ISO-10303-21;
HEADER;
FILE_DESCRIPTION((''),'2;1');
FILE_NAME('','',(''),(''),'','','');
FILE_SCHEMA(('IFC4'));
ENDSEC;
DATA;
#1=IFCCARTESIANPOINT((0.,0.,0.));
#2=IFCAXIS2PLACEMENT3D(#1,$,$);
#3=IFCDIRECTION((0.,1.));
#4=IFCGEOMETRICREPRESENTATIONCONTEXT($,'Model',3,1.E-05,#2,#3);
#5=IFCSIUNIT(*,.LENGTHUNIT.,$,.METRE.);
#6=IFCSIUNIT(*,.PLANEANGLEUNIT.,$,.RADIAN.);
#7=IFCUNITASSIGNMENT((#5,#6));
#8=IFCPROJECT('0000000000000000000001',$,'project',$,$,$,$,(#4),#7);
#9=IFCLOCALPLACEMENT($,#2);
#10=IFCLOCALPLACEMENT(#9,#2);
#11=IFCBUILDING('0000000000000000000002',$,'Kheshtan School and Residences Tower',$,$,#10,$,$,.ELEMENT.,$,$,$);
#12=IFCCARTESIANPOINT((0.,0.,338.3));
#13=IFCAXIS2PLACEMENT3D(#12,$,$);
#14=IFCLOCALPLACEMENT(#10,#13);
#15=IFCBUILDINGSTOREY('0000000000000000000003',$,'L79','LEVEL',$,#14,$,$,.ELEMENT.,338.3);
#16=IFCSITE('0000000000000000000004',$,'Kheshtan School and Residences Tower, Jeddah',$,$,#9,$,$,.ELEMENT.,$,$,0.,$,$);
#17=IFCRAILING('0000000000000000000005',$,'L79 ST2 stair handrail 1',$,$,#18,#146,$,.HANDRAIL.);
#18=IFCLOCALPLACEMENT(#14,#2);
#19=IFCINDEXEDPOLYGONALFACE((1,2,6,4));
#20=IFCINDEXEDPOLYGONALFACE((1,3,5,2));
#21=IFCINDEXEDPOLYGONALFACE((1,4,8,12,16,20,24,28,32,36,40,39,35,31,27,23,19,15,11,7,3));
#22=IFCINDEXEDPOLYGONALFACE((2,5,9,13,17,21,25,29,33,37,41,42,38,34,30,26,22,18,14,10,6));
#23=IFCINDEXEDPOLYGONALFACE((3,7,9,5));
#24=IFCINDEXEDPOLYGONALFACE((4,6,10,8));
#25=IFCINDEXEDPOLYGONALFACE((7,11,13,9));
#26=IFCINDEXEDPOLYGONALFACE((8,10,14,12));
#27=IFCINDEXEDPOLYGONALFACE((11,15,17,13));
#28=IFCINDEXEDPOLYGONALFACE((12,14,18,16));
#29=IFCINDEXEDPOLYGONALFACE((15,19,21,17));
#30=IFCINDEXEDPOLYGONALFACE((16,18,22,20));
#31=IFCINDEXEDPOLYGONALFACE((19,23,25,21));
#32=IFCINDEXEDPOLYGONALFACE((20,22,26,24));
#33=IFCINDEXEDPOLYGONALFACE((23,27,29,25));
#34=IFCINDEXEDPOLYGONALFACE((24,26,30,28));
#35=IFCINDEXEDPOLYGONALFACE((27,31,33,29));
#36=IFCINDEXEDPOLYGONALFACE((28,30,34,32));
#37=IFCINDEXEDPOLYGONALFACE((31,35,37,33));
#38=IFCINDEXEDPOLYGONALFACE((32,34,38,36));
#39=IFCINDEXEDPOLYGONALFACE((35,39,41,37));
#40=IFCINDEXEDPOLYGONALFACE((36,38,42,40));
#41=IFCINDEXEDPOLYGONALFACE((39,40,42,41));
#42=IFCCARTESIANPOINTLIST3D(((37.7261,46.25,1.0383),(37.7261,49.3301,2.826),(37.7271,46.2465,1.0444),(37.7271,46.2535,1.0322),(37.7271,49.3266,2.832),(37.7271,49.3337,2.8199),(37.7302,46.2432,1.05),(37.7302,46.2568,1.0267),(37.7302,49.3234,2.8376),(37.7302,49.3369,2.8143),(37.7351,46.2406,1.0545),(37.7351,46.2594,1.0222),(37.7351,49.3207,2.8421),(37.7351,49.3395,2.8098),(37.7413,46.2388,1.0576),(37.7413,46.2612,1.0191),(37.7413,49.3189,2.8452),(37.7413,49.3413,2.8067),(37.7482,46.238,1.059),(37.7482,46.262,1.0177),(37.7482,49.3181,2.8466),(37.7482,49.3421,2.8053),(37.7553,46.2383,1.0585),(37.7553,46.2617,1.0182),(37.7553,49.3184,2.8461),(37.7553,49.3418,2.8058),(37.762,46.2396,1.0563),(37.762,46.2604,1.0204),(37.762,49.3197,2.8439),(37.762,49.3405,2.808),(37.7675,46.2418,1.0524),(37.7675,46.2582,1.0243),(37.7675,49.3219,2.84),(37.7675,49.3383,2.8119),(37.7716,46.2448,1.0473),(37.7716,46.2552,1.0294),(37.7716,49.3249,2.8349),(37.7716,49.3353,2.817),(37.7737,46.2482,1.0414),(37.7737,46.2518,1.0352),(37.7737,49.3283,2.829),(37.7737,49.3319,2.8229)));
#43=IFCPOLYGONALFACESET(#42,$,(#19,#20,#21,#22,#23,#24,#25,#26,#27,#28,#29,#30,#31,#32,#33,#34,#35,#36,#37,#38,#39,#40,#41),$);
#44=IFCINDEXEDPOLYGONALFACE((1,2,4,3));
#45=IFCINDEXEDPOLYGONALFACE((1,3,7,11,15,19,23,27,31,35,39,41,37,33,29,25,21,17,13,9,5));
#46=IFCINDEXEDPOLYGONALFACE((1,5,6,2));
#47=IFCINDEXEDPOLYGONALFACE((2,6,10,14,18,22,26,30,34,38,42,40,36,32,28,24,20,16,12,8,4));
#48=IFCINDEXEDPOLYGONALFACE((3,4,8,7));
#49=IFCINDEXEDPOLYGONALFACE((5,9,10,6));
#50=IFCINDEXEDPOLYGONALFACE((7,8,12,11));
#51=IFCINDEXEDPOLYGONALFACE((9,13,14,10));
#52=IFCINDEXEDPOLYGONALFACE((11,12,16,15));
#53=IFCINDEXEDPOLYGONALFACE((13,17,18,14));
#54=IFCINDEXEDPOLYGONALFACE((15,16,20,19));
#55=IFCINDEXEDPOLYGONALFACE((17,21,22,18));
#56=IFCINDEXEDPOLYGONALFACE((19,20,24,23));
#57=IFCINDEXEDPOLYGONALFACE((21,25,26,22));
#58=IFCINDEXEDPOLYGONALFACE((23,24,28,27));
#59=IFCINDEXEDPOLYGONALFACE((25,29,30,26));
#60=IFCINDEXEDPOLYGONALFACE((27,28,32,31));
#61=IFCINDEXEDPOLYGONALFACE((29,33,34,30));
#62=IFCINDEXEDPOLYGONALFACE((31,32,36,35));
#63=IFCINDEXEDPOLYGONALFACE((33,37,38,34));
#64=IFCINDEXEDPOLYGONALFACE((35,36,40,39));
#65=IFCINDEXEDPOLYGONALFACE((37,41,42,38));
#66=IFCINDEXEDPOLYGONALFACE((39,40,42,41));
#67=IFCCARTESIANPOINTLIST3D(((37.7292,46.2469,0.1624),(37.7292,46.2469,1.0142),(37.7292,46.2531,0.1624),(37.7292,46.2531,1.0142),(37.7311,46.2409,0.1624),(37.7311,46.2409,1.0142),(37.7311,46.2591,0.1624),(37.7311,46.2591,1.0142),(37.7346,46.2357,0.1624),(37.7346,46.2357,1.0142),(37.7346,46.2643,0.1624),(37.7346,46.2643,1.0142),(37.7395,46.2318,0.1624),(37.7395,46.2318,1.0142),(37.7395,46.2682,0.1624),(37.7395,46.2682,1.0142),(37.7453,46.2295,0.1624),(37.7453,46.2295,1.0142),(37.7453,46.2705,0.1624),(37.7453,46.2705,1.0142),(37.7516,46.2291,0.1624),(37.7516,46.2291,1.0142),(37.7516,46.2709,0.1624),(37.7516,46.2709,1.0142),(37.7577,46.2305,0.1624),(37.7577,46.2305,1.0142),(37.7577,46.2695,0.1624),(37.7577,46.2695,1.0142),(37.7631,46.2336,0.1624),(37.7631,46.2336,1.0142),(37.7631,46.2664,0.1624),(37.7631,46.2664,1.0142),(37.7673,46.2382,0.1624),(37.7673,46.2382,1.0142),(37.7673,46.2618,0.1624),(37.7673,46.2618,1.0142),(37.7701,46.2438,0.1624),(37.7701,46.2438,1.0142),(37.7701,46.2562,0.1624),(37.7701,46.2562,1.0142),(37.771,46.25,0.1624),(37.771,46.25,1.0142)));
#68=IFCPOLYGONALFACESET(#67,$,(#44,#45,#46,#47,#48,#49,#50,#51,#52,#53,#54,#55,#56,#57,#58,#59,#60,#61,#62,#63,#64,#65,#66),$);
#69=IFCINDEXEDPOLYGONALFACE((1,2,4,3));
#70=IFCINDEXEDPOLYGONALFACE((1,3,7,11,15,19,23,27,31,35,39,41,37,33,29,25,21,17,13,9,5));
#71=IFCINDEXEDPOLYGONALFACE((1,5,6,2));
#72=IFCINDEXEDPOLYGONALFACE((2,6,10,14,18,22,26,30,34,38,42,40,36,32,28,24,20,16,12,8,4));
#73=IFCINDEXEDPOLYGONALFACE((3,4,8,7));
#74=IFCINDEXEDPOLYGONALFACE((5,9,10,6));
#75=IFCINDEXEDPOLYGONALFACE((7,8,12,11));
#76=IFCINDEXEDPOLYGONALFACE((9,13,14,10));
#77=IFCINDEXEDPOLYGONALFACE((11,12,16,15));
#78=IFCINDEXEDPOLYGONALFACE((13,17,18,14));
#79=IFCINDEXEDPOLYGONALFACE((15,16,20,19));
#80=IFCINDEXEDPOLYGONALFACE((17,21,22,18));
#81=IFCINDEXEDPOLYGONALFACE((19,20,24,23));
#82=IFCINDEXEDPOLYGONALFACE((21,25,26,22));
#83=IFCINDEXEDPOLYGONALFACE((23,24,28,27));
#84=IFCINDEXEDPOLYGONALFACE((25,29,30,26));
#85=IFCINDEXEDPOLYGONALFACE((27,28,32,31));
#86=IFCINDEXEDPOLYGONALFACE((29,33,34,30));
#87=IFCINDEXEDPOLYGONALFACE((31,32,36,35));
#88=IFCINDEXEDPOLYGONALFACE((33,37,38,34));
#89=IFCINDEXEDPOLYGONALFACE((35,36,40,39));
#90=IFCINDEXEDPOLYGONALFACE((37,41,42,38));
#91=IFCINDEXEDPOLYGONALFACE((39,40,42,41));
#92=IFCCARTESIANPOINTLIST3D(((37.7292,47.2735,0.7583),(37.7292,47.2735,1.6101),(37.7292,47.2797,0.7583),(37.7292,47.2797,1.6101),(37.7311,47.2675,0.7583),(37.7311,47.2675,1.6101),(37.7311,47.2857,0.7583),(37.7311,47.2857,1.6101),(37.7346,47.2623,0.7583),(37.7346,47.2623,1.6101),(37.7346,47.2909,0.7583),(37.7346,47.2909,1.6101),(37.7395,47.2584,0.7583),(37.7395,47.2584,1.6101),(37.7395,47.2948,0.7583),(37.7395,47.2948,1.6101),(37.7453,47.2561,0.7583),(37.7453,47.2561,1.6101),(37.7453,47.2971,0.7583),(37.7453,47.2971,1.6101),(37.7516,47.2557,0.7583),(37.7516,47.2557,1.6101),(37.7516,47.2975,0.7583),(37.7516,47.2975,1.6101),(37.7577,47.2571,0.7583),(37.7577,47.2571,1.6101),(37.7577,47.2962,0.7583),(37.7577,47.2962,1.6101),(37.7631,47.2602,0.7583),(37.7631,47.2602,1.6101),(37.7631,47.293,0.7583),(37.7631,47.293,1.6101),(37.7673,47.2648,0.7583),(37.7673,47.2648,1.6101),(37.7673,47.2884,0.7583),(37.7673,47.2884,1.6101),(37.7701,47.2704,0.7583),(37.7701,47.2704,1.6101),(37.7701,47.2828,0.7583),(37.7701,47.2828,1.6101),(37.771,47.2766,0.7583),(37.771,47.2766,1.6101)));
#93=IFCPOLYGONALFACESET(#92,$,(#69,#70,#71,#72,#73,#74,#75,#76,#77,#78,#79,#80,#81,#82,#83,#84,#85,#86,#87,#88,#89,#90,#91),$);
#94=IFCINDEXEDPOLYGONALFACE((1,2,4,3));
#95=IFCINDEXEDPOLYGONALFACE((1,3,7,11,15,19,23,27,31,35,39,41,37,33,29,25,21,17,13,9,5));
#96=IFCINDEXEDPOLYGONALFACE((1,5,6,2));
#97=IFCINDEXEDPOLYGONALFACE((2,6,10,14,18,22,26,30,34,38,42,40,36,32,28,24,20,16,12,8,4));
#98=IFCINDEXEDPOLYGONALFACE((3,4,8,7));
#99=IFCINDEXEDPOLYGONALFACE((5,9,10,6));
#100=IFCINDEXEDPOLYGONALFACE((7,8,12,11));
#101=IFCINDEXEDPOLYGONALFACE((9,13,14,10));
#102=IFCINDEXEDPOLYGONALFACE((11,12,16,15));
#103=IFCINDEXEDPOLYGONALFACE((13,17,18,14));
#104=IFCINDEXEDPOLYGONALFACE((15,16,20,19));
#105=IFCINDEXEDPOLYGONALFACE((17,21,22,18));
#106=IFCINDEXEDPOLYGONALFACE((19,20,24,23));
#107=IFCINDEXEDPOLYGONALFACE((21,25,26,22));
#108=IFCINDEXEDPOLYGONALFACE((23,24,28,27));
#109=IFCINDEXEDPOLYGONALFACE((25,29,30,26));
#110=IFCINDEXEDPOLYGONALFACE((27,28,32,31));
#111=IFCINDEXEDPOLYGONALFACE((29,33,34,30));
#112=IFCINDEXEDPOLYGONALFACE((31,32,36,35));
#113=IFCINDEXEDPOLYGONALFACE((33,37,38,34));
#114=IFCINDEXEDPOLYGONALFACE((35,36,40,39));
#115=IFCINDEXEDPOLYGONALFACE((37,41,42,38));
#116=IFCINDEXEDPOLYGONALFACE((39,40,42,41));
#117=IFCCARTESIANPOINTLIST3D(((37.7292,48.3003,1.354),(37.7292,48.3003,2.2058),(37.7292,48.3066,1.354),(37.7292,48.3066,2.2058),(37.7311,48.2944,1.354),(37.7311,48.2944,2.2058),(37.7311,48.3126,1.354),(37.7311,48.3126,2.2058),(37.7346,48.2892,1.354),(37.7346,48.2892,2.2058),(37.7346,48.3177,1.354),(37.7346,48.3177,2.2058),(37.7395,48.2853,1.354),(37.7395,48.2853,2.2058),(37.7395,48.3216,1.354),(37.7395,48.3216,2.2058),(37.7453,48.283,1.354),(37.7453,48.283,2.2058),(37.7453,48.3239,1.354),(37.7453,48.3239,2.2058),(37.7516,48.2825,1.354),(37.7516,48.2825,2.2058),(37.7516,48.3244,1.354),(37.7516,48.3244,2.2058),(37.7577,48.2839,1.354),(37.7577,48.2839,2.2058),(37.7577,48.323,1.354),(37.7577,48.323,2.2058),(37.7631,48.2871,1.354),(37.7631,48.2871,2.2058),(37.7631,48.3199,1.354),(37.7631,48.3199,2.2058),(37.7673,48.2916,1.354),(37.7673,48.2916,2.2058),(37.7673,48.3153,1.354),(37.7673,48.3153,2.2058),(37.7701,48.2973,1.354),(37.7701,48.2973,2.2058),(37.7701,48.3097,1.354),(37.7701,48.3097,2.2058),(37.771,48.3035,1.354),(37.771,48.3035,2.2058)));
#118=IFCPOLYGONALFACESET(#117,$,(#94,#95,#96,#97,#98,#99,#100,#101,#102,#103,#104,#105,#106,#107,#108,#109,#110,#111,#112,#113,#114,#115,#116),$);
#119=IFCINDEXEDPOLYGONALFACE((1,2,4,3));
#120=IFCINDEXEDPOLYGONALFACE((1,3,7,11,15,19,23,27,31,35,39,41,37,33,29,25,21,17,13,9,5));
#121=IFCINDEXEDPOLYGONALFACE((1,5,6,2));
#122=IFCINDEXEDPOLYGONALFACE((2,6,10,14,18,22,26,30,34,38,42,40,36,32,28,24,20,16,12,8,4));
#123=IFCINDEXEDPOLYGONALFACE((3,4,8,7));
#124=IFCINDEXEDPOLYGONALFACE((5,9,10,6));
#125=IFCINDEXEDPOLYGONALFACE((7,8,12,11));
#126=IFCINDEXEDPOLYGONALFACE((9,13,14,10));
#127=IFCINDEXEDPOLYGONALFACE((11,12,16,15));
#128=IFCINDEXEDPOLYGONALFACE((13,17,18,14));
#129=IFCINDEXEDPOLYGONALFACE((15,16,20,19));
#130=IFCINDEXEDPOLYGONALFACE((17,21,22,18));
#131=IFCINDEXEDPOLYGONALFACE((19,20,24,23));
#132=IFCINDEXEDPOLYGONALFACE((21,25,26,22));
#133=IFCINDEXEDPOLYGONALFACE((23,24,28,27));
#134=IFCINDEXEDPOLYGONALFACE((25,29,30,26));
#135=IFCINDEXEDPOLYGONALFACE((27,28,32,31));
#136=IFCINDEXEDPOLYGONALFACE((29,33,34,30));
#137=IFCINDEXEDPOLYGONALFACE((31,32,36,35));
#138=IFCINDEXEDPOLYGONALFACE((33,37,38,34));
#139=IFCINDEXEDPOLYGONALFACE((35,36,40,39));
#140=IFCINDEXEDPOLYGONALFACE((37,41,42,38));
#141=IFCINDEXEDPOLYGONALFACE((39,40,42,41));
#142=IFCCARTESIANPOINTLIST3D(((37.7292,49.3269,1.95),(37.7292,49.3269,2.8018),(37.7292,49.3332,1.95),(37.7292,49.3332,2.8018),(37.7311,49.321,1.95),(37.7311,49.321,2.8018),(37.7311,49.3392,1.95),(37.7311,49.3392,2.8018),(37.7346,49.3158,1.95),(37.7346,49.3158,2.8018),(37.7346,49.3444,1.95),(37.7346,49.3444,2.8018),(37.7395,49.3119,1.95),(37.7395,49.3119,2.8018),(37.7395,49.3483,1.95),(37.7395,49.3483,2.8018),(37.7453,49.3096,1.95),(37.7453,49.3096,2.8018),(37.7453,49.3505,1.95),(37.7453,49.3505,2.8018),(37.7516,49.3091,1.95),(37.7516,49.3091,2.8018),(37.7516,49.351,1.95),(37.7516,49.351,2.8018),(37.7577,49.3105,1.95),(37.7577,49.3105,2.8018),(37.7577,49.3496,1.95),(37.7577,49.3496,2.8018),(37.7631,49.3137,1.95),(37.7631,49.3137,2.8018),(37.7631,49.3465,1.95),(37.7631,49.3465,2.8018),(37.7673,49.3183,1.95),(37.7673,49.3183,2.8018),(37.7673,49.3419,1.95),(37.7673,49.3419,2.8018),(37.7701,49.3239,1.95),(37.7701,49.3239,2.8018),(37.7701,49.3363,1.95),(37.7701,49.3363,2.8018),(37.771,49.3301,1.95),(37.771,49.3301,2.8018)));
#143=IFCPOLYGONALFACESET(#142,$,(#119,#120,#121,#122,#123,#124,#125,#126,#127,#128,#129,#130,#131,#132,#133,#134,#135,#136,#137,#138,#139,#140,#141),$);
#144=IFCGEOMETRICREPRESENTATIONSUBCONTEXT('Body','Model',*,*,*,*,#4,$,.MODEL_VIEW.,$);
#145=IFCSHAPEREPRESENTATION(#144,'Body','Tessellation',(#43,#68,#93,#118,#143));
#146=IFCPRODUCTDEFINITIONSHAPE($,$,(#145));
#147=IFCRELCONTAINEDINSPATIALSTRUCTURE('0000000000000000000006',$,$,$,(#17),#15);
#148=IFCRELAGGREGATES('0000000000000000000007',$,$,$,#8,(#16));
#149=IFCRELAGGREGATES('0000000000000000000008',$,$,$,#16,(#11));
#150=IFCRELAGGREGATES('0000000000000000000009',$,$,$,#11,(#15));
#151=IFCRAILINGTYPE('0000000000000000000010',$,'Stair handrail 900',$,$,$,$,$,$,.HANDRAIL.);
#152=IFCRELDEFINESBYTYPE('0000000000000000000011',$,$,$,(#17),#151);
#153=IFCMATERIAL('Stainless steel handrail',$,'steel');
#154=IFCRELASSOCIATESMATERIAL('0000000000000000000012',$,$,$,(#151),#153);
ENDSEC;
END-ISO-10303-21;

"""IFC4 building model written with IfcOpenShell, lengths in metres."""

from ifc_helpers import new_model, si_unit, direction, frame, origin, origin_2d, place, context, subcontext, project, spatial, circle, extrude, material, type_object, element, save


model = new_model("IFC4")

# Units and contexts
model_context = context("Model", 3, precision=1e-05, world=origin(), true_north=direction((0.0, 1.0)))
body_context = subcontext(model_context, "Body", "Model", "MODEL_VIEW")
ifc_project = project(units=[si_unit("LENGTHUNIT", "METRE"), si_unit("PLANEANGLEUNIT", "RADIAN")], contexts=[model_context])

# Site, building, storey
site_placement = place(None, origin())
site = spatial("IfcSite", under=ifc_project, at=site_placement, Name="Kheshtan School and Residences Tower, Jeddah", CompositionType="ELEMENT", RefElevation=0.0)
building_placement = place(site_placement, origin())
building = spatial("IfcBuilding", under=site, at=building_placement, Name="Kheshtan School and Residences Tower", CompositionType="ELEMENT")
storey_placement = place(building_placement, frame((0.0, 0.0, 338.3)))
storey = spatial("IfcBuildingStorey", under=building, at=storey_placement, Name="L79", Description="LEVEL", CompositionType="ELEMENT", Elevation=338.3)

# Railing
ifc_material_1 = material(Name="Stainless steel handrail", Category="steel")
railing_type_1 = type_object("IfcRailingType", Name="Stair handrail 900", PredefinedType="HANDRAIL", material=ifc_material_1)
railing_1_placement = place(storey_placement, frame((37.75, 46.25, 0.1624)))
element("IfcRailing", 1, at=railing_1_placement, inside=storey, type_object=railing_type_1, Name="L79 ST2 stair handrail 1", PredefinedType="HANDRAIL", context=body_context, shape_type="SweptSolid", body=[
    extrude(circle(Radius=0.0239, at=origin_2d()), frame((0.0, 0.0, 0.876), z_axis=(0.0, 0.864891, 0.50196), x_axis=(-1.0, 0.0, 0.0)), (0.0, 0.0, 1.0), 3.5613),
    extrude(circle(Radius=0.021, at=origin_2d()), origin(), (0.0, 0.0, 1.0), 0.8518),
    extrude(circle(Radius=0.021, at=origin_2d()), frame((0.0, 1.0266, 0.5959)), (0.0, 0.0, 1.0), 0.8518),
    extrude(circle(Radius=0.021, at=origin_2d()), frame((0.0, 2.0535, 1.1917)), (0.0, 0.0, 1.0), 0.8518),
    extrude(circle(Radius=0.021, at=origin_2d()), frame((0.0, 3.0801, 1.7876)), (0.0, 0.0, 1.0), 0.8518),
])

save(model, "model.ifc")
